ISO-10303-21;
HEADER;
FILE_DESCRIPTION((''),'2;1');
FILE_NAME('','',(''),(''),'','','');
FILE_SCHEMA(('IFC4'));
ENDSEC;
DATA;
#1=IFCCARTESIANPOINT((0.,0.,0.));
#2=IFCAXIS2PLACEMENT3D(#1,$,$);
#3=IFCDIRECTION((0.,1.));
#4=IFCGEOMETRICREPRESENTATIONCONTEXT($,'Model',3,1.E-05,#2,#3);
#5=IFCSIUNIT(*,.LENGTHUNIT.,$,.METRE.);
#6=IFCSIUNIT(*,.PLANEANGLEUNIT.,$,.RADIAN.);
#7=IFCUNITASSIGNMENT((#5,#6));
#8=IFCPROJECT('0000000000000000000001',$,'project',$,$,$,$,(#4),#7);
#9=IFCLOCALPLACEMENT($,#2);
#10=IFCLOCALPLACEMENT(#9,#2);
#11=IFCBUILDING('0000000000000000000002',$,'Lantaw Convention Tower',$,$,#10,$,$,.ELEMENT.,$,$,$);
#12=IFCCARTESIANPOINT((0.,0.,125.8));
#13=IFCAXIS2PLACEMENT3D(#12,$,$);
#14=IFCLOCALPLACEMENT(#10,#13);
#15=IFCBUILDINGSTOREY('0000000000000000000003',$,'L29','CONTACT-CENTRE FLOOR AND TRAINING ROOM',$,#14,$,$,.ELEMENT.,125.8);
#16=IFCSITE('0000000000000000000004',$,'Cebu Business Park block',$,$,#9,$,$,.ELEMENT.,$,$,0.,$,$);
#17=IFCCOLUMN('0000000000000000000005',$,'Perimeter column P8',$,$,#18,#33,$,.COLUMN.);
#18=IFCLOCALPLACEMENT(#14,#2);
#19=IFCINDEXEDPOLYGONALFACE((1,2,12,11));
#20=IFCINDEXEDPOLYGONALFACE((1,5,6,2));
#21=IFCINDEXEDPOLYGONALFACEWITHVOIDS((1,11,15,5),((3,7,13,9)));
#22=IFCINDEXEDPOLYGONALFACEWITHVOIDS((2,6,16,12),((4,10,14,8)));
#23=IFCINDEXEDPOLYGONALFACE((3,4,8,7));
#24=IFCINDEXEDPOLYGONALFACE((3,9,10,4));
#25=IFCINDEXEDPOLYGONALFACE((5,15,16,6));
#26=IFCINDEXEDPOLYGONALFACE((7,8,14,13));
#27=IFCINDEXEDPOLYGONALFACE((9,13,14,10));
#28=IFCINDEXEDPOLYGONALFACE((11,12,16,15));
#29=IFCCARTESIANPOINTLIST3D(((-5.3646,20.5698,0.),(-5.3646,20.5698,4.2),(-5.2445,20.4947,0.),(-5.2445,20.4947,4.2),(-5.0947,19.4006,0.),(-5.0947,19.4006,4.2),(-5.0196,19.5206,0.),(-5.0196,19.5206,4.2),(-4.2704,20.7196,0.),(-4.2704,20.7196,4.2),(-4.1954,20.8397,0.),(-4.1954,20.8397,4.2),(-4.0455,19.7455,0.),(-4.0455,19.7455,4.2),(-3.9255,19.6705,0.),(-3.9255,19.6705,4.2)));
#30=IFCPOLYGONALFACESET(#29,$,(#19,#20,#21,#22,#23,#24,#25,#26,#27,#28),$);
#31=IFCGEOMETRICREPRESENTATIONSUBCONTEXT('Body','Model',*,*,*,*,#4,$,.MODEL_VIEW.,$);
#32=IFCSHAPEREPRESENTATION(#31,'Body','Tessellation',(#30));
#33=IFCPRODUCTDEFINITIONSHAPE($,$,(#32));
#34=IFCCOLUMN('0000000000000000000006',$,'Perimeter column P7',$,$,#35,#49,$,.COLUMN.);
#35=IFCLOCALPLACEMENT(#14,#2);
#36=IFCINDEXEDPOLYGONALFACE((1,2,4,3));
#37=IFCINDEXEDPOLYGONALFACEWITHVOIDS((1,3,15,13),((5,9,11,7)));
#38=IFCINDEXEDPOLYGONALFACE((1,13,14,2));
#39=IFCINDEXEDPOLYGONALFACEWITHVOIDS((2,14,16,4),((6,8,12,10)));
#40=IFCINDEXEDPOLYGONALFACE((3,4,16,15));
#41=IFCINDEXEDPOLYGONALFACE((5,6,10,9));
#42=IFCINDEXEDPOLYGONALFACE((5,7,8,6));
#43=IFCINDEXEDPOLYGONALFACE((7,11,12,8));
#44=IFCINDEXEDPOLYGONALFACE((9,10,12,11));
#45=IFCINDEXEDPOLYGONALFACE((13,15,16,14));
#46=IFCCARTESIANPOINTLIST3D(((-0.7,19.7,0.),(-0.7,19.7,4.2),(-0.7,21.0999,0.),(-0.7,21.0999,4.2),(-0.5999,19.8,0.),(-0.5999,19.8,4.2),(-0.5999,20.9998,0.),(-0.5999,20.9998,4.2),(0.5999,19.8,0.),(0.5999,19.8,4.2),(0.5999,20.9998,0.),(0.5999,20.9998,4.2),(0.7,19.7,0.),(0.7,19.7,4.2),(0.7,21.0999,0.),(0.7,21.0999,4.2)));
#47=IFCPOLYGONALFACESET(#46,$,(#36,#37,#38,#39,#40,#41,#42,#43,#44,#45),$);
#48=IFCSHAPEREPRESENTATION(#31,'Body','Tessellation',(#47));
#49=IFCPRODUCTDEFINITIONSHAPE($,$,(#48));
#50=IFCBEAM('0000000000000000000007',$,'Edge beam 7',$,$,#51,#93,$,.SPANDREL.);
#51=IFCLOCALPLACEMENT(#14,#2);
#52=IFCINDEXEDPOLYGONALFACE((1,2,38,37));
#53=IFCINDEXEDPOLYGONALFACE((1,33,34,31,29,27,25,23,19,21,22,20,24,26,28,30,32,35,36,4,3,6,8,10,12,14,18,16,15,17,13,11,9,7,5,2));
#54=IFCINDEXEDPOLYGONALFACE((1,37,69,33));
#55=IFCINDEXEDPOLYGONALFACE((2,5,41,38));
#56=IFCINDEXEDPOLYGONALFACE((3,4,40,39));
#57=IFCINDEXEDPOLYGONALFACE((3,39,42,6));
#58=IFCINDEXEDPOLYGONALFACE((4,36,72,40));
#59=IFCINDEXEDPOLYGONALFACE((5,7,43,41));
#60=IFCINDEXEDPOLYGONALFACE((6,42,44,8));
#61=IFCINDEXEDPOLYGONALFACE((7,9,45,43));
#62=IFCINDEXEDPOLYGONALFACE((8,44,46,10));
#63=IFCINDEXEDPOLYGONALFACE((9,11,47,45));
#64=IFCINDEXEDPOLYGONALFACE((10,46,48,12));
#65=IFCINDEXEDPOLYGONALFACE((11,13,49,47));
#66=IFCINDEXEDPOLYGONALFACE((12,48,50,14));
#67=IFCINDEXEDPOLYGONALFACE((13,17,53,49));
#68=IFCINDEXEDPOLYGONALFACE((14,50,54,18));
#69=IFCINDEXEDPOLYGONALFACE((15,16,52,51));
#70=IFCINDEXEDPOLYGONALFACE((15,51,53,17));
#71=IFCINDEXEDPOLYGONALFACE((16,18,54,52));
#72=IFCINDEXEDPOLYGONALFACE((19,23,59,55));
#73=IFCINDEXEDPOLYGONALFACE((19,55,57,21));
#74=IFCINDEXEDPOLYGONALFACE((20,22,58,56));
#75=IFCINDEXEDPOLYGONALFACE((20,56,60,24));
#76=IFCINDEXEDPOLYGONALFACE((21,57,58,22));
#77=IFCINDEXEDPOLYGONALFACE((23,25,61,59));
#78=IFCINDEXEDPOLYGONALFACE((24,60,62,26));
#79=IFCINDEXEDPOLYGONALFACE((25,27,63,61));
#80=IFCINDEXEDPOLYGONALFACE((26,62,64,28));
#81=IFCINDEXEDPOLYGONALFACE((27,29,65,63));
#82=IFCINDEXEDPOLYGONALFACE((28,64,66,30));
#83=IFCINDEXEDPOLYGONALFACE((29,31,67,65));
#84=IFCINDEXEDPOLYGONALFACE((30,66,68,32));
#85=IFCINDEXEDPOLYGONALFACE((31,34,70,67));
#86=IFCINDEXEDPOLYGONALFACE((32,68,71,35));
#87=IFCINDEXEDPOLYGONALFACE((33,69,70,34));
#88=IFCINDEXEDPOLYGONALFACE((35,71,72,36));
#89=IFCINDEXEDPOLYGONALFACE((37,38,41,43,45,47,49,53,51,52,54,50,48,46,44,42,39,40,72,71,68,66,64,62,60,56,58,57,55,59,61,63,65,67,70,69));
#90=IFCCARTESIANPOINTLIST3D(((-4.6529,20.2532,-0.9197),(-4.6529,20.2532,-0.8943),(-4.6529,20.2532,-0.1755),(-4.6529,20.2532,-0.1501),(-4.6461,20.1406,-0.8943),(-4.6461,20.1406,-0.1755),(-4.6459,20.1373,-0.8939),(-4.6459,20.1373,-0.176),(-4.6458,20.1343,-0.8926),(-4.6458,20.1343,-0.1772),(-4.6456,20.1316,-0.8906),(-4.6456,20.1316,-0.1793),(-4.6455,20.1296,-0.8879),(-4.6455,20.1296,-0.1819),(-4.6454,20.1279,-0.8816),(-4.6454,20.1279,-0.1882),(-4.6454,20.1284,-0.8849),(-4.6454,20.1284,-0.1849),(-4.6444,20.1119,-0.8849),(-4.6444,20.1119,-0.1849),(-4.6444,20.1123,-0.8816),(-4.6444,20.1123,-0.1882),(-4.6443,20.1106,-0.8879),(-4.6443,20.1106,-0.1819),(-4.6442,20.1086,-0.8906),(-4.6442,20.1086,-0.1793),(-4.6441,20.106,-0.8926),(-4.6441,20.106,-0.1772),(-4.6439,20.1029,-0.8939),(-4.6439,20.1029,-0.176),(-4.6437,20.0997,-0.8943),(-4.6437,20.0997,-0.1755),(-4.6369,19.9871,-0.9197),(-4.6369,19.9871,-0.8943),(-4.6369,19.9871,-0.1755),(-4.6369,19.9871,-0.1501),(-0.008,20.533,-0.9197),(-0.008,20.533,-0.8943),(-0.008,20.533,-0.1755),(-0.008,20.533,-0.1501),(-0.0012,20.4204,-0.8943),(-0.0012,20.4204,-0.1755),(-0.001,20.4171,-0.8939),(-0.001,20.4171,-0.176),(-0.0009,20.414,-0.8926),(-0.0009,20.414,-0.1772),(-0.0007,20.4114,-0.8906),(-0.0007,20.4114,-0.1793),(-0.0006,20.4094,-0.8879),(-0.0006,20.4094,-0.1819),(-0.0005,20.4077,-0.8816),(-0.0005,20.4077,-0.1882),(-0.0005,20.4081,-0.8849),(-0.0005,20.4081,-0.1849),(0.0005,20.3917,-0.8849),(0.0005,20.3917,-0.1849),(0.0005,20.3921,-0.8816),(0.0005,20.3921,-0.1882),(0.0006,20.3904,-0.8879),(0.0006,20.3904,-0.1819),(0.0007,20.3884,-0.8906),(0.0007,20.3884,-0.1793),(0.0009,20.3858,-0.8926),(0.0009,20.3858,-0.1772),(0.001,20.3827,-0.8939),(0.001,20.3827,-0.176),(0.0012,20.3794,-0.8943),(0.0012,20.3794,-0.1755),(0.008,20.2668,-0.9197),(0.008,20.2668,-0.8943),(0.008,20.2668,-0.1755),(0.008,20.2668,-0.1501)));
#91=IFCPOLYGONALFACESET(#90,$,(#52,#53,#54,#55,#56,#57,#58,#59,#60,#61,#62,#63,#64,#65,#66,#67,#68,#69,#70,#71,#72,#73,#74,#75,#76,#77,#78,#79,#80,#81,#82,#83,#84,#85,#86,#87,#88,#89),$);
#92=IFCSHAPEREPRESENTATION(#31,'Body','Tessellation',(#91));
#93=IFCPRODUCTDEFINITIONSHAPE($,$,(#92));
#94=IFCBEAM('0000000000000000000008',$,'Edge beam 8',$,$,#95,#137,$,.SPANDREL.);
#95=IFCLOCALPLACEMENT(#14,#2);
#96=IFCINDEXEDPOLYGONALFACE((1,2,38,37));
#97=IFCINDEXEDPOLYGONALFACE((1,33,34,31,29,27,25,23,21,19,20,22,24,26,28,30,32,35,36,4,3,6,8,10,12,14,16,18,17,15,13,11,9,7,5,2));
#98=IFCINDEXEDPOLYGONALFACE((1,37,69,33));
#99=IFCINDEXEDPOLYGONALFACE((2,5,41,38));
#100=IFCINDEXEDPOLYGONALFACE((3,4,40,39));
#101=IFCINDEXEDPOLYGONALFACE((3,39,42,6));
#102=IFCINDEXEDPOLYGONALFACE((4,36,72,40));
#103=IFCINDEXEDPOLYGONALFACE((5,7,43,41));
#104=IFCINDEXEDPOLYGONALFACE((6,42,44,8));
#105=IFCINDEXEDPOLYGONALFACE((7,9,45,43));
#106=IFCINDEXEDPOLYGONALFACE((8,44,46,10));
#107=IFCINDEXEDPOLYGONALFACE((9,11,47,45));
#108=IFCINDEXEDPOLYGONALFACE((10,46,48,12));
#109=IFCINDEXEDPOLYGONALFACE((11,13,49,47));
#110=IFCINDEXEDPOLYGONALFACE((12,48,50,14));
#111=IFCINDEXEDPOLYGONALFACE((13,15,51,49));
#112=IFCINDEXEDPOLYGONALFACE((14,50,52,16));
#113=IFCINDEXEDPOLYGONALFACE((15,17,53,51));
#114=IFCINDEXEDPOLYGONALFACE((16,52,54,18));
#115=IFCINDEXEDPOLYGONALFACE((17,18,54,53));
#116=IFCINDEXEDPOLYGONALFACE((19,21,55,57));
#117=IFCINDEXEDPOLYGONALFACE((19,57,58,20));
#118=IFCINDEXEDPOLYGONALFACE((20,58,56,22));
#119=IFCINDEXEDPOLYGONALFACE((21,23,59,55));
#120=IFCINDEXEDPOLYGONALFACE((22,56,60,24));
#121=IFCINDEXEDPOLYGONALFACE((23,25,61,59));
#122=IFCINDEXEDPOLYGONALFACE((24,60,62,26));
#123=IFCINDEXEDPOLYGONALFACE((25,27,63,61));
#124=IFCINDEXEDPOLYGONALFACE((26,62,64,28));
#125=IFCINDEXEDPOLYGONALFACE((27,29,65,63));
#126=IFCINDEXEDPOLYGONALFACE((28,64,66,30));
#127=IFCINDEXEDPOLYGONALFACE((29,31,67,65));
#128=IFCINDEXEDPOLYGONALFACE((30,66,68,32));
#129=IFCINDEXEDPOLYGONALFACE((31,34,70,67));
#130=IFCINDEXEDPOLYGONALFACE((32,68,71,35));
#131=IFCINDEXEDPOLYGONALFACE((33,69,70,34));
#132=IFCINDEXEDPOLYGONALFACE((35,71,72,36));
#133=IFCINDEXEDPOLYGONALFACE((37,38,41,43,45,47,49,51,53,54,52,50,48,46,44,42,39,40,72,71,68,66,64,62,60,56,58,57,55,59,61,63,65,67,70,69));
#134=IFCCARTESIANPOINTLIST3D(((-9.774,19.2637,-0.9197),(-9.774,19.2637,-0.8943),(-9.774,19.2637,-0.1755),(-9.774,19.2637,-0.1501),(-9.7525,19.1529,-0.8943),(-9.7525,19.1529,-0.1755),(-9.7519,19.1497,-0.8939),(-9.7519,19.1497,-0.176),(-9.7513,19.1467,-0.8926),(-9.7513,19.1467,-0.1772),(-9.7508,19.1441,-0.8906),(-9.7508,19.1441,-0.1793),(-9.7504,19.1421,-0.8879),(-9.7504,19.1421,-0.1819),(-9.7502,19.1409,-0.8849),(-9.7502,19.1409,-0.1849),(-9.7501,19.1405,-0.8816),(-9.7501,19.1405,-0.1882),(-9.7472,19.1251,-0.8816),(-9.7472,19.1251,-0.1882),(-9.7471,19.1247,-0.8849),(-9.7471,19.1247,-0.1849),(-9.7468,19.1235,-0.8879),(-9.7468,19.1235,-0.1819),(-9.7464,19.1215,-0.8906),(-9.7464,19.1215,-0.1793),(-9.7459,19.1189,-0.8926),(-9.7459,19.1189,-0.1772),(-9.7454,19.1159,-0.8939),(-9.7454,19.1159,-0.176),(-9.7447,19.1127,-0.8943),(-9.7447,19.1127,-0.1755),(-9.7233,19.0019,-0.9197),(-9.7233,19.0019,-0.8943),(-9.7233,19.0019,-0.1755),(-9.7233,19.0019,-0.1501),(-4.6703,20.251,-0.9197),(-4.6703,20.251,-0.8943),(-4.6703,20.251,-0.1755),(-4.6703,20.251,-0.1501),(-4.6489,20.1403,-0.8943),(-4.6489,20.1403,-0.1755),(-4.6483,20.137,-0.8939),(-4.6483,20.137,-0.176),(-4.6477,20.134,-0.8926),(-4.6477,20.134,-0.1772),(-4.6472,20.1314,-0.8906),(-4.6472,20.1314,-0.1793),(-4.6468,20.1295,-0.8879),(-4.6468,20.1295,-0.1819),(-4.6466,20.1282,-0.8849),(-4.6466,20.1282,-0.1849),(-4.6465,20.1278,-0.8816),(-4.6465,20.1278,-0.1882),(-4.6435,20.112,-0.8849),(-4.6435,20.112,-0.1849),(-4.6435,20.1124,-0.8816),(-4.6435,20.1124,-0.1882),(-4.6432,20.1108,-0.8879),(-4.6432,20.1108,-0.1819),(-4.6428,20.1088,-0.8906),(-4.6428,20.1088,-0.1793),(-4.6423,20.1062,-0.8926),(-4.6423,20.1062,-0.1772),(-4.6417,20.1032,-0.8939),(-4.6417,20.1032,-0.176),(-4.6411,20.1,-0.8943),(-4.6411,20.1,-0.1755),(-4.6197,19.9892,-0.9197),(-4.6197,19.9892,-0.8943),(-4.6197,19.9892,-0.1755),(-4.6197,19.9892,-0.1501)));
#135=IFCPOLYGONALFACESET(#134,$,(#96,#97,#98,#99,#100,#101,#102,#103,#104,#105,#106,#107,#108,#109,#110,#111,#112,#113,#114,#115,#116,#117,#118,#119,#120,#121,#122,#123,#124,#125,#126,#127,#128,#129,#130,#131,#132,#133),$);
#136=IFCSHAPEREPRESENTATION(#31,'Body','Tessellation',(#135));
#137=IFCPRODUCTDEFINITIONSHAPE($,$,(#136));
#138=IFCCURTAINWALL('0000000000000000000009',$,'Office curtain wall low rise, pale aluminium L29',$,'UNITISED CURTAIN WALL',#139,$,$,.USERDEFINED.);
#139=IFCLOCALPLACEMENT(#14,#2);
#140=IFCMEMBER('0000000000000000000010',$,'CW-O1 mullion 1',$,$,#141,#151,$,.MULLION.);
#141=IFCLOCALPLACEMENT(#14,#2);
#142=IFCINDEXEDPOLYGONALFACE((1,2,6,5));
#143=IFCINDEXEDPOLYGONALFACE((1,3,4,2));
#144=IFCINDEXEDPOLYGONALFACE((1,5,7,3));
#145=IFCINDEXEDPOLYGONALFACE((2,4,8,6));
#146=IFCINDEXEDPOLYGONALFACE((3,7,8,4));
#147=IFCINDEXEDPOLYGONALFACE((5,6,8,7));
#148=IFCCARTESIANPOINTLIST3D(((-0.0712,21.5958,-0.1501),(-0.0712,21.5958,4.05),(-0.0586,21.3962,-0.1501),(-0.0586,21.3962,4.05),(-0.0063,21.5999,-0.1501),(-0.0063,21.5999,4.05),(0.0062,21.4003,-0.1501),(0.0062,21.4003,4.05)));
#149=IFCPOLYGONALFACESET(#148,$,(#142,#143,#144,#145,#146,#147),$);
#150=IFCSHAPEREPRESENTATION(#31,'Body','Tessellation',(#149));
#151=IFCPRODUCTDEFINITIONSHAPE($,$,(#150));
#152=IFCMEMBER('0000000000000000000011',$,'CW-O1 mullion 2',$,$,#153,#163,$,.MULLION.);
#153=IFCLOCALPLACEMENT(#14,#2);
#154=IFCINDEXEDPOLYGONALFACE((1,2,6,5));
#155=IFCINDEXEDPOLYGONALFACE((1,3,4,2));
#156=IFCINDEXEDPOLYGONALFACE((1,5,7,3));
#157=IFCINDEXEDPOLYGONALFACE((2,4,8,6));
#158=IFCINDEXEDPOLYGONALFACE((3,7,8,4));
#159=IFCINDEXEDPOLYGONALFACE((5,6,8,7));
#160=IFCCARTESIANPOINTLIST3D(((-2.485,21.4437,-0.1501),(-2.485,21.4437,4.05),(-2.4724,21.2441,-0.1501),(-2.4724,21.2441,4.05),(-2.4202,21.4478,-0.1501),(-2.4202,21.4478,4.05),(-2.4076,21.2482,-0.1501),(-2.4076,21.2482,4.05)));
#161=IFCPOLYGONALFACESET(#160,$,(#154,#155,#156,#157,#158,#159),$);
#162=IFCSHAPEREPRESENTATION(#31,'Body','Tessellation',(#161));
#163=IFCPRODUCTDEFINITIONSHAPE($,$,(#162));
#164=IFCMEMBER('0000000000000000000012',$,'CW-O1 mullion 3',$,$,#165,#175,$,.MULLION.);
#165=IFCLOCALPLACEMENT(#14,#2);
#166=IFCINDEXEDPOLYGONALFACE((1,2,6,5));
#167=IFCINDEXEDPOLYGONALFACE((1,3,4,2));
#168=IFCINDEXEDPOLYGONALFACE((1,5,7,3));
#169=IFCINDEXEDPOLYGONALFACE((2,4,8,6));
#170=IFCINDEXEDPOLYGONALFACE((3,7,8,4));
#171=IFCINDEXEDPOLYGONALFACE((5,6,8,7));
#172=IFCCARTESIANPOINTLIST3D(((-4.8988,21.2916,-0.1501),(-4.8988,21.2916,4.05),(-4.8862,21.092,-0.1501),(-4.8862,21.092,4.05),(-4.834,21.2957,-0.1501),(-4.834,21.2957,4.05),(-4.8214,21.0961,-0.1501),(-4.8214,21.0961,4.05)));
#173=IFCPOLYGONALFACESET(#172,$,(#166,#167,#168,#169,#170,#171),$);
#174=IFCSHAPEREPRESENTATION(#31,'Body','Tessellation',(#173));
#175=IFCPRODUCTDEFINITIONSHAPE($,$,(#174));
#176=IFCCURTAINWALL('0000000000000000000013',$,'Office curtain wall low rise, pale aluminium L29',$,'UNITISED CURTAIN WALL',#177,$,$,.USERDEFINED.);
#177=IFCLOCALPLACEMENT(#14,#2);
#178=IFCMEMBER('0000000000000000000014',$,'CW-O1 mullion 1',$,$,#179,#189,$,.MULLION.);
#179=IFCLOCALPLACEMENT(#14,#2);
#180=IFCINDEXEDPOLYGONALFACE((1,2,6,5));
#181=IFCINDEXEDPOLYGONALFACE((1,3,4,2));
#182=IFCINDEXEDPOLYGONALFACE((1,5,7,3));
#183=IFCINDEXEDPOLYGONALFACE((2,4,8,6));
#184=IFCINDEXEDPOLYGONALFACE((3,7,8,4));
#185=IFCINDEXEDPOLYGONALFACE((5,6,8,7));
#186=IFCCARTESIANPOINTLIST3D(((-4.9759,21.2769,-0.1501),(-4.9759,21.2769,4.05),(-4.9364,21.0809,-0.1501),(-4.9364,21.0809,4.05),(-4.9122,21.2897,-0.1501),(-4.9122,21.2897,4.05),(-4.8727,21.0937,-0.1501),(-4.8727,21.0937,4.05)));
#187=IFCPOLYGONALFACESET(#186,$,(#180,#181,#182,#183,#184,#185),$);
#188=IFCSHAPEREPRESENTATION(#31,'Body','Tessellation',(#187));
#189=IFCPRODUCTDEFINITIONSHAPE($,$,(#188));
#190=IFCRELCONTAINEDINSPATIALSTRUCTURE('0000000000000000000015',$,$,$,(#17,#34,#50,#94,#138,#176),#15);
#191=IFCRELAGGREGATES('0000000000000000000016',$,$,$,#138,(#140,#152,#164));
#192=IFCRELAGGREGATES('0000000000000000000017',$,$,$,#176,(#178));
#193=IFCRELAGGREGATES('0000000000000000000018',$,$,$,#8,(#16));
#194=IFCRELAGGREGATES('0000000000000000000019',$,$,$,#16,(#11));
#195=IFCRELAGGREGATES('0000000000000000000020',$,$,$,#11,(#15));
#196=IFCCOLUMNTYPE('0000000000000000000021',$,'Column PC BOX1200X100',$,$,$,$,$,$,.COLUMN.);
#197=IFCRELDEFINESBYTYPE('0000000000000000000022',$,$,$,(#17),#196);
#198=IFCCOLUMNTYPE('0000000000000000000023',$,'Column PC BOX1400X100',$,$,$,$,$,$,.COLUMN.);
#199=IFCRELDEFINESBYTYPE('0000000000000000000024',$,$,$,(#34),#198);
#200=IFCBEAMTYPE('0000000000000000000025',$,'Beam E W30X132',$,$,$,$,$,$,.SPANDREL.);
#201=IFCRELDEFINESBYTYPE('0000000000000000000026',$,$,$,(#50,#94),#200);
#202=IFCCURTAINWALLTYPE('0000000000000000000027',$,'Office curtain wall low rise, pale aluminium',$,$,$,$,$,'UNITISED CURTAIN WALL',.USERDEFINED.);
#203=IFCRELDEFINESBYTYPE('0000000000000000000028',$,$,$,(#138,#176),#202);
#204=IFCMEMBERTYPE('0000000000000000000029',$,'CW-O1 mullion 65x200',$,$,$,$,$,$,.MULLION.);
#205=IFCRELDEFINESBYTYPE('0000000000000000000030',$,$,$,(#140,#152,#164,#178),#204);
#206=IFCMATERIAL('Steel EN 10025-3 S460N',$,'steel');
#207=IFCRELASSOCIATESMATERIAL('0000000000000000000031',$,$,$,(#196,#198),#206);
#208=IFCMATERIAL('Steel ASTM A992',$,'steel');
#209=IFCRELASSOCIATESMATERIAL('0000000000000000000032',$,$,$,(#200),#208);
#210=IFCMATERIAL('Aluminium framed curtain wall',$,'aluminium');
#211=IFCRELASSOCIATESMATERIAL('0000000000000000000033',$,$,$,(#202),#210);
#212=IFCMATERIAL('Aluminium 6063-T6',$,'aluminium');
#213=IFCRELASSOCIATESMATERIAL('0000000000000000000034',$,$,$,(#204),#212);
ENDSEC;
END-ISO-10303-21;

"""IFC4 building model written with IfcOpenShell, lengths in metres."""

from ifc_helpers import new_model, si_unit, direction, frame, origin, origin_2d, place, context, subcontext, project, spatial, rectangle, hollow_rectangle, i_section, extrude, material, material_profile, profile_set, type_object, element, aggregate, save


model = new_model("IFC4")

# Units and contexts
model_context = context("Model", 3, precision=1e-05, world=origin(), true_north=direction((0.0, 1.0)))
body_context = subcontext(model_context, "Body", "Model", "MODEL_VIEW")
ifc_project = project(units=[si_unit("LENGTHUNIT", "METRE"), si_unit("PLANEANGLEUNIT", "RADIAN")], contexts=[model_context])

# Site, building, storey
site_placement = place(None, origin())
site = spatial("IfcSite", under=ifc_project, at=site_placement, Name="Cebu Business Park block", CompositionType="ELEMENT", RefElevation=0.0)
building_placement = place(site_placement, origin())
building = spatial("IfcBuilding", under=site, at=building_placement, Name="Lantaw Convention Tower", CompositionType="ELEMENT")
storey_placement = place(building_placement, frame((0.0, 0.0, 125.8)))
storey = spatial("IfcBuildingStorey", under=building, at=storey_placement, Name="L29", Description="CONTACT-CENTRE FLOOR AND TRAINING ROOM", CompositionType="ELEMENT", Elevation=125.8)

# Columns
ifc_material_1 = material(Name="Steel EN 10025-3 S460N", Category="steel")
ifc_material_profile_1 = material_profile(ifc_material_1, hollow_rectangle(XDim=1.2, YDim=1.2, WallThickness=0.1001, at=origin_2d()), Name="BOX1200X100")
ifc_material_2 = material(Name="Concrete C60/75", Category="concrete")
ifc_material_profile_2 = material_profile(ifc_material_2, rectangle(XDim=1.0, YDim=1.0, at=origin_2d()), Name="Concrete fill of BOX1200X100")
ifc_profile_set_1 = profile_set([ifc_material_profile_1, ifc_material_profile_2], Name="Steel EN 10025-3 S460N")
column_type_1 = type_object("IfcColumnType", Name="Column PC BOX1200X100", PredefinedType="COLUMN", material=ifc_profile_set_1)
column_1_placement = place(storey_placement, frame((-4.645, 20.1201, 0.0), z_axis=(0.0, 0.0, 1.0), x_axis=(0.97437, 0.224951, 0.0)))
element("IfcColumn", 1, at=column_1_placement, inside=storey, type_object=column_type_1, Name="Perimeter column P8", PredefinedType="COLUMN", context=body_context, shape_type="SweptSolid", body=[
    extrude(hollow_rectangle(XDim=1.2, YDim=1.2, WallThickness=0.1001, at=origin_2d()), origin(), (0.0, 0.0, 1.0), 4.2),
])
ifc_material_profile_3 = material_profile(ifc_material_1, hollow_rectangle(XDim=1.3999, YDim=1.3999, WallThickness=0.1001, at=origin_2d()), Name="BOX1400X100")
ifc_material_profile_4 = material_profile(ifc_material_2, rectangle(XDim=1.2, YDim=1.2, at=origin_2d()), Name="Concrete fill of BOX1400X100")
ifc_profile_set_2 = profile_set([ifc_material_profile_3, ifc_material_profile_4], Name="Steel EN 10025-3 S460N")
column_type_2 = type_object("IfcColumnType", Name="Column PC BOX1400X100", PredefinedType="COLUMN", material=ifc_profile_set_2)
column_2_placement = place(storey_placement, frame((0.0, 20.3999, 0.0), z_axis=(0.0, 0.0, 1.0), x_axis=(1.0, 0.0, 0.0)))
element("IfcColumn", 2, at=column_2_placement, inside=storey, type_object=column_type_2, Name="Perimeter column P7", PredefinedType="COLUMN", context=body_context, shape_type="SweptSolid", body=[
    extrude(hollow_rectangle(XDim=1.3999, YDim=1.3999, WallThickness=0.1001, at=origin_2d()), origin(), (0.0, 0.0, 1.0), 4.2),
])

# Beams
ifc_material_3 = material(Name="Steel ASTM A992", Category="steel")
ifc_material_profile_5 = material_profile(ifc_material_3, i_section(OverallWidth=0.2666, OverallDepth=0.7695, WebThickness=0.0156, FlangeThickness=0.0254, FilletRadius=0.0127, at=origin_2d()), Name="W30X132")
ifc_profile_set_3 = profile_set([ifc_material_profile_5], Name="Steel ASTM A992")
beam_type = type_object("IfcBeamType", Name="Beam E W30X132", PredefinedType="SPANDREL", material=ifc_profile_set_3)
beam_1_placement = place(storey_placement, frame((0.0, 20.3999, -0.5349), z_axis=(-0.998191, -0.060124, 0.0), x_axis=(0.060124, -0.998191, 0.0)))
element("IfcBeam", 3, at=beam_1_placement, inside=storey, type_object=beam_type, Name="Edge beam 7", PredefinedType="SPANDREL", context=body_context, shape_type="SweptSolid", body=[
    extrude(i_section(OverallWidth=0.2666, OverallDepth=0.7695, WebThickness=0.0156, FlangeThickness=0.0254, FilletRadius=0.0127, at=origin_2d()), origin(), (0.0, 0.0, 1.0), 4.6533),
])
beam_2_placement = place(storey_placement, frame((-4.645, 20.1201, -0.5349), z_axis=(-0.981797, -0.189934, 0.0), x_axis=(0.189934, -0.981797, 0.0)))
element("IfcBeam", 4, at=beam_2_placement, inside=storey, type_object=beam_type, Name="Edge beam 8", PredefinedType="SPANDREL", context=body_context, shape_type="SweptSolid", body=[
    extrude(i_section(OverallWidth=0.2666, OverallDepth=0.7695, WebThickness=0.0156, FlangeThickness=0.0254, FilletRadius=0.0127, at=origin_2d()), origin(), (0.0, 0.0, 1.0), 5.1982),
])

# Curtain walls, members
ifc_material_4 = material(Name="Aluminium framed curtain wall", Category="aluminium")
curtain_wall_type = type_object("IfcCurtainWallType", Name="Office curtain wall low rise, pale aluminium", ElementType="UNITISED CURTAIN WALL", PredefinedType="USERDEFINED", material=ifc_material_4)
curtain_wall_1_placement = place(storey_placement, origin())
curtain_wall_1 = element("IfcCurtainWall", 5, at=curtain_wall_1_placement, inside=storey, type_object=curtain_wall_type, Name="Office curtain wall low rise, pale aluminium L29", ObjectType="UNITISED CURTAIN WALL", PredefinedType="USERDEFINED")
ifc_material_5 = material(Name="Aluminium 6063-T6", Category="aluminium")
ifc_material_profile_6 = material_profile(ifc_material_5, rectangle(XDim=0.2, YDim=0.0649, at=origin_2d()), Name="CW-O1 mullion 65x200")
ifc_profile_set_4 = profile_set([ifc_material_profile_6], Name="Aluminium 6063-T6")
member_type_1 = type_object("IfcMemberType", Name="CW-O1 mullion 65x200", PredefinedType="MULLION", material=ifc_profile_set_4)
member_1_placement = place(storey_placement, frame((-0.0325, 21.498, -0.1501), z_axis=(0.0, 0.0, 1.0), x_axis=(0.062865, -0.998022, 0.0)))
member_1 = element("IfcMember", 6, at=member_1_placement, type_object=member_type_1, Name="CW-O1 mullion 1", PredefinedType="MULLION", context=body_context, shape_type="SweptSolid", body=[
    extrude(rectangle(XDim=0.2, YDim=0.0649, at=origin_2d()), origin(), (0.0, 0.0, 1.0), 4.2002),
])
member_2_placement = place(storey_placement, frame((-2.4463, 21.3459, -0.1501), z_axis=(0.0, 0.0, 1.0), x_axis=(0.062865, -0.998022, 0.0)))
member_2 = element("IfcMember", 7, at=member_2_placement, type_object=member_type_1, Name="CW-O1 mullion 2", PredefinedType="MULLION", context=body_context, shape_type="SweptSolid", body=[
    extrude(rectangle(XDim=0.2, YDim=0.0649, at=origin_2d()), origin(), (0.0, 0.0, 1.0), 4.2002),
])
member_3_placement = place(storey_placement, frame((-4.8601, 21.1938, -0.1501), z_axis=(0.0, 0.0, 1.0), x_axis=(0.062865, -0.998022, 0.0)))
member_3 = element("IfcMember", 8, at=member_3_placement, type_object=member_type_1, Name="CW-O1 mullion 3", PredefinedType="MULLION", context=body_context, shape_type="SweptSolid", body=[
    extrude(rectangle(XDim=0.2, YDim=0.0649, at=origin_2d()), origin(), (0.0, 0.0, 1.0), 4.2002),
])
curtain_wall_2_placement = place(storey_placement, origin())
curtain_wall_2 = element("IfcCurtainWall", 9, at=curtain_wall_2_placement, inside=storey, type_object=curtain_wall_type, Name="Office curtain wall low rise, pale aluminium L29", ObjectType="UNITISED CURTAIN WALL", PredefinedType="USERDEFINED")
member_4_placement = place(storey_placement, frame((-4.9243, 21.1853, -0.1501), z_axis=(0.0, 0.0, 1.0), x_axis=(0.197507, -0.980302, 0.0)))
member_4 = element("IfcMember", 10, at=member_4_placement, type_object=member_type_1, Name="CW-O1 mullion 1", PredefinedType="MULLION", context=body_context, shape_type="SweptSolid", body=[
    extrude(rectangle(XDim=0.2, YDim=0.0649, at=origin_2d()), origin(), (0.0, 0.0, 1.0), 4.2002),
])

aggregate(curtain_wall_1, [member_1, member_2, member_3])
aggregate(curtain_wall_2, [member_4])

save(model, "model.ifc")
